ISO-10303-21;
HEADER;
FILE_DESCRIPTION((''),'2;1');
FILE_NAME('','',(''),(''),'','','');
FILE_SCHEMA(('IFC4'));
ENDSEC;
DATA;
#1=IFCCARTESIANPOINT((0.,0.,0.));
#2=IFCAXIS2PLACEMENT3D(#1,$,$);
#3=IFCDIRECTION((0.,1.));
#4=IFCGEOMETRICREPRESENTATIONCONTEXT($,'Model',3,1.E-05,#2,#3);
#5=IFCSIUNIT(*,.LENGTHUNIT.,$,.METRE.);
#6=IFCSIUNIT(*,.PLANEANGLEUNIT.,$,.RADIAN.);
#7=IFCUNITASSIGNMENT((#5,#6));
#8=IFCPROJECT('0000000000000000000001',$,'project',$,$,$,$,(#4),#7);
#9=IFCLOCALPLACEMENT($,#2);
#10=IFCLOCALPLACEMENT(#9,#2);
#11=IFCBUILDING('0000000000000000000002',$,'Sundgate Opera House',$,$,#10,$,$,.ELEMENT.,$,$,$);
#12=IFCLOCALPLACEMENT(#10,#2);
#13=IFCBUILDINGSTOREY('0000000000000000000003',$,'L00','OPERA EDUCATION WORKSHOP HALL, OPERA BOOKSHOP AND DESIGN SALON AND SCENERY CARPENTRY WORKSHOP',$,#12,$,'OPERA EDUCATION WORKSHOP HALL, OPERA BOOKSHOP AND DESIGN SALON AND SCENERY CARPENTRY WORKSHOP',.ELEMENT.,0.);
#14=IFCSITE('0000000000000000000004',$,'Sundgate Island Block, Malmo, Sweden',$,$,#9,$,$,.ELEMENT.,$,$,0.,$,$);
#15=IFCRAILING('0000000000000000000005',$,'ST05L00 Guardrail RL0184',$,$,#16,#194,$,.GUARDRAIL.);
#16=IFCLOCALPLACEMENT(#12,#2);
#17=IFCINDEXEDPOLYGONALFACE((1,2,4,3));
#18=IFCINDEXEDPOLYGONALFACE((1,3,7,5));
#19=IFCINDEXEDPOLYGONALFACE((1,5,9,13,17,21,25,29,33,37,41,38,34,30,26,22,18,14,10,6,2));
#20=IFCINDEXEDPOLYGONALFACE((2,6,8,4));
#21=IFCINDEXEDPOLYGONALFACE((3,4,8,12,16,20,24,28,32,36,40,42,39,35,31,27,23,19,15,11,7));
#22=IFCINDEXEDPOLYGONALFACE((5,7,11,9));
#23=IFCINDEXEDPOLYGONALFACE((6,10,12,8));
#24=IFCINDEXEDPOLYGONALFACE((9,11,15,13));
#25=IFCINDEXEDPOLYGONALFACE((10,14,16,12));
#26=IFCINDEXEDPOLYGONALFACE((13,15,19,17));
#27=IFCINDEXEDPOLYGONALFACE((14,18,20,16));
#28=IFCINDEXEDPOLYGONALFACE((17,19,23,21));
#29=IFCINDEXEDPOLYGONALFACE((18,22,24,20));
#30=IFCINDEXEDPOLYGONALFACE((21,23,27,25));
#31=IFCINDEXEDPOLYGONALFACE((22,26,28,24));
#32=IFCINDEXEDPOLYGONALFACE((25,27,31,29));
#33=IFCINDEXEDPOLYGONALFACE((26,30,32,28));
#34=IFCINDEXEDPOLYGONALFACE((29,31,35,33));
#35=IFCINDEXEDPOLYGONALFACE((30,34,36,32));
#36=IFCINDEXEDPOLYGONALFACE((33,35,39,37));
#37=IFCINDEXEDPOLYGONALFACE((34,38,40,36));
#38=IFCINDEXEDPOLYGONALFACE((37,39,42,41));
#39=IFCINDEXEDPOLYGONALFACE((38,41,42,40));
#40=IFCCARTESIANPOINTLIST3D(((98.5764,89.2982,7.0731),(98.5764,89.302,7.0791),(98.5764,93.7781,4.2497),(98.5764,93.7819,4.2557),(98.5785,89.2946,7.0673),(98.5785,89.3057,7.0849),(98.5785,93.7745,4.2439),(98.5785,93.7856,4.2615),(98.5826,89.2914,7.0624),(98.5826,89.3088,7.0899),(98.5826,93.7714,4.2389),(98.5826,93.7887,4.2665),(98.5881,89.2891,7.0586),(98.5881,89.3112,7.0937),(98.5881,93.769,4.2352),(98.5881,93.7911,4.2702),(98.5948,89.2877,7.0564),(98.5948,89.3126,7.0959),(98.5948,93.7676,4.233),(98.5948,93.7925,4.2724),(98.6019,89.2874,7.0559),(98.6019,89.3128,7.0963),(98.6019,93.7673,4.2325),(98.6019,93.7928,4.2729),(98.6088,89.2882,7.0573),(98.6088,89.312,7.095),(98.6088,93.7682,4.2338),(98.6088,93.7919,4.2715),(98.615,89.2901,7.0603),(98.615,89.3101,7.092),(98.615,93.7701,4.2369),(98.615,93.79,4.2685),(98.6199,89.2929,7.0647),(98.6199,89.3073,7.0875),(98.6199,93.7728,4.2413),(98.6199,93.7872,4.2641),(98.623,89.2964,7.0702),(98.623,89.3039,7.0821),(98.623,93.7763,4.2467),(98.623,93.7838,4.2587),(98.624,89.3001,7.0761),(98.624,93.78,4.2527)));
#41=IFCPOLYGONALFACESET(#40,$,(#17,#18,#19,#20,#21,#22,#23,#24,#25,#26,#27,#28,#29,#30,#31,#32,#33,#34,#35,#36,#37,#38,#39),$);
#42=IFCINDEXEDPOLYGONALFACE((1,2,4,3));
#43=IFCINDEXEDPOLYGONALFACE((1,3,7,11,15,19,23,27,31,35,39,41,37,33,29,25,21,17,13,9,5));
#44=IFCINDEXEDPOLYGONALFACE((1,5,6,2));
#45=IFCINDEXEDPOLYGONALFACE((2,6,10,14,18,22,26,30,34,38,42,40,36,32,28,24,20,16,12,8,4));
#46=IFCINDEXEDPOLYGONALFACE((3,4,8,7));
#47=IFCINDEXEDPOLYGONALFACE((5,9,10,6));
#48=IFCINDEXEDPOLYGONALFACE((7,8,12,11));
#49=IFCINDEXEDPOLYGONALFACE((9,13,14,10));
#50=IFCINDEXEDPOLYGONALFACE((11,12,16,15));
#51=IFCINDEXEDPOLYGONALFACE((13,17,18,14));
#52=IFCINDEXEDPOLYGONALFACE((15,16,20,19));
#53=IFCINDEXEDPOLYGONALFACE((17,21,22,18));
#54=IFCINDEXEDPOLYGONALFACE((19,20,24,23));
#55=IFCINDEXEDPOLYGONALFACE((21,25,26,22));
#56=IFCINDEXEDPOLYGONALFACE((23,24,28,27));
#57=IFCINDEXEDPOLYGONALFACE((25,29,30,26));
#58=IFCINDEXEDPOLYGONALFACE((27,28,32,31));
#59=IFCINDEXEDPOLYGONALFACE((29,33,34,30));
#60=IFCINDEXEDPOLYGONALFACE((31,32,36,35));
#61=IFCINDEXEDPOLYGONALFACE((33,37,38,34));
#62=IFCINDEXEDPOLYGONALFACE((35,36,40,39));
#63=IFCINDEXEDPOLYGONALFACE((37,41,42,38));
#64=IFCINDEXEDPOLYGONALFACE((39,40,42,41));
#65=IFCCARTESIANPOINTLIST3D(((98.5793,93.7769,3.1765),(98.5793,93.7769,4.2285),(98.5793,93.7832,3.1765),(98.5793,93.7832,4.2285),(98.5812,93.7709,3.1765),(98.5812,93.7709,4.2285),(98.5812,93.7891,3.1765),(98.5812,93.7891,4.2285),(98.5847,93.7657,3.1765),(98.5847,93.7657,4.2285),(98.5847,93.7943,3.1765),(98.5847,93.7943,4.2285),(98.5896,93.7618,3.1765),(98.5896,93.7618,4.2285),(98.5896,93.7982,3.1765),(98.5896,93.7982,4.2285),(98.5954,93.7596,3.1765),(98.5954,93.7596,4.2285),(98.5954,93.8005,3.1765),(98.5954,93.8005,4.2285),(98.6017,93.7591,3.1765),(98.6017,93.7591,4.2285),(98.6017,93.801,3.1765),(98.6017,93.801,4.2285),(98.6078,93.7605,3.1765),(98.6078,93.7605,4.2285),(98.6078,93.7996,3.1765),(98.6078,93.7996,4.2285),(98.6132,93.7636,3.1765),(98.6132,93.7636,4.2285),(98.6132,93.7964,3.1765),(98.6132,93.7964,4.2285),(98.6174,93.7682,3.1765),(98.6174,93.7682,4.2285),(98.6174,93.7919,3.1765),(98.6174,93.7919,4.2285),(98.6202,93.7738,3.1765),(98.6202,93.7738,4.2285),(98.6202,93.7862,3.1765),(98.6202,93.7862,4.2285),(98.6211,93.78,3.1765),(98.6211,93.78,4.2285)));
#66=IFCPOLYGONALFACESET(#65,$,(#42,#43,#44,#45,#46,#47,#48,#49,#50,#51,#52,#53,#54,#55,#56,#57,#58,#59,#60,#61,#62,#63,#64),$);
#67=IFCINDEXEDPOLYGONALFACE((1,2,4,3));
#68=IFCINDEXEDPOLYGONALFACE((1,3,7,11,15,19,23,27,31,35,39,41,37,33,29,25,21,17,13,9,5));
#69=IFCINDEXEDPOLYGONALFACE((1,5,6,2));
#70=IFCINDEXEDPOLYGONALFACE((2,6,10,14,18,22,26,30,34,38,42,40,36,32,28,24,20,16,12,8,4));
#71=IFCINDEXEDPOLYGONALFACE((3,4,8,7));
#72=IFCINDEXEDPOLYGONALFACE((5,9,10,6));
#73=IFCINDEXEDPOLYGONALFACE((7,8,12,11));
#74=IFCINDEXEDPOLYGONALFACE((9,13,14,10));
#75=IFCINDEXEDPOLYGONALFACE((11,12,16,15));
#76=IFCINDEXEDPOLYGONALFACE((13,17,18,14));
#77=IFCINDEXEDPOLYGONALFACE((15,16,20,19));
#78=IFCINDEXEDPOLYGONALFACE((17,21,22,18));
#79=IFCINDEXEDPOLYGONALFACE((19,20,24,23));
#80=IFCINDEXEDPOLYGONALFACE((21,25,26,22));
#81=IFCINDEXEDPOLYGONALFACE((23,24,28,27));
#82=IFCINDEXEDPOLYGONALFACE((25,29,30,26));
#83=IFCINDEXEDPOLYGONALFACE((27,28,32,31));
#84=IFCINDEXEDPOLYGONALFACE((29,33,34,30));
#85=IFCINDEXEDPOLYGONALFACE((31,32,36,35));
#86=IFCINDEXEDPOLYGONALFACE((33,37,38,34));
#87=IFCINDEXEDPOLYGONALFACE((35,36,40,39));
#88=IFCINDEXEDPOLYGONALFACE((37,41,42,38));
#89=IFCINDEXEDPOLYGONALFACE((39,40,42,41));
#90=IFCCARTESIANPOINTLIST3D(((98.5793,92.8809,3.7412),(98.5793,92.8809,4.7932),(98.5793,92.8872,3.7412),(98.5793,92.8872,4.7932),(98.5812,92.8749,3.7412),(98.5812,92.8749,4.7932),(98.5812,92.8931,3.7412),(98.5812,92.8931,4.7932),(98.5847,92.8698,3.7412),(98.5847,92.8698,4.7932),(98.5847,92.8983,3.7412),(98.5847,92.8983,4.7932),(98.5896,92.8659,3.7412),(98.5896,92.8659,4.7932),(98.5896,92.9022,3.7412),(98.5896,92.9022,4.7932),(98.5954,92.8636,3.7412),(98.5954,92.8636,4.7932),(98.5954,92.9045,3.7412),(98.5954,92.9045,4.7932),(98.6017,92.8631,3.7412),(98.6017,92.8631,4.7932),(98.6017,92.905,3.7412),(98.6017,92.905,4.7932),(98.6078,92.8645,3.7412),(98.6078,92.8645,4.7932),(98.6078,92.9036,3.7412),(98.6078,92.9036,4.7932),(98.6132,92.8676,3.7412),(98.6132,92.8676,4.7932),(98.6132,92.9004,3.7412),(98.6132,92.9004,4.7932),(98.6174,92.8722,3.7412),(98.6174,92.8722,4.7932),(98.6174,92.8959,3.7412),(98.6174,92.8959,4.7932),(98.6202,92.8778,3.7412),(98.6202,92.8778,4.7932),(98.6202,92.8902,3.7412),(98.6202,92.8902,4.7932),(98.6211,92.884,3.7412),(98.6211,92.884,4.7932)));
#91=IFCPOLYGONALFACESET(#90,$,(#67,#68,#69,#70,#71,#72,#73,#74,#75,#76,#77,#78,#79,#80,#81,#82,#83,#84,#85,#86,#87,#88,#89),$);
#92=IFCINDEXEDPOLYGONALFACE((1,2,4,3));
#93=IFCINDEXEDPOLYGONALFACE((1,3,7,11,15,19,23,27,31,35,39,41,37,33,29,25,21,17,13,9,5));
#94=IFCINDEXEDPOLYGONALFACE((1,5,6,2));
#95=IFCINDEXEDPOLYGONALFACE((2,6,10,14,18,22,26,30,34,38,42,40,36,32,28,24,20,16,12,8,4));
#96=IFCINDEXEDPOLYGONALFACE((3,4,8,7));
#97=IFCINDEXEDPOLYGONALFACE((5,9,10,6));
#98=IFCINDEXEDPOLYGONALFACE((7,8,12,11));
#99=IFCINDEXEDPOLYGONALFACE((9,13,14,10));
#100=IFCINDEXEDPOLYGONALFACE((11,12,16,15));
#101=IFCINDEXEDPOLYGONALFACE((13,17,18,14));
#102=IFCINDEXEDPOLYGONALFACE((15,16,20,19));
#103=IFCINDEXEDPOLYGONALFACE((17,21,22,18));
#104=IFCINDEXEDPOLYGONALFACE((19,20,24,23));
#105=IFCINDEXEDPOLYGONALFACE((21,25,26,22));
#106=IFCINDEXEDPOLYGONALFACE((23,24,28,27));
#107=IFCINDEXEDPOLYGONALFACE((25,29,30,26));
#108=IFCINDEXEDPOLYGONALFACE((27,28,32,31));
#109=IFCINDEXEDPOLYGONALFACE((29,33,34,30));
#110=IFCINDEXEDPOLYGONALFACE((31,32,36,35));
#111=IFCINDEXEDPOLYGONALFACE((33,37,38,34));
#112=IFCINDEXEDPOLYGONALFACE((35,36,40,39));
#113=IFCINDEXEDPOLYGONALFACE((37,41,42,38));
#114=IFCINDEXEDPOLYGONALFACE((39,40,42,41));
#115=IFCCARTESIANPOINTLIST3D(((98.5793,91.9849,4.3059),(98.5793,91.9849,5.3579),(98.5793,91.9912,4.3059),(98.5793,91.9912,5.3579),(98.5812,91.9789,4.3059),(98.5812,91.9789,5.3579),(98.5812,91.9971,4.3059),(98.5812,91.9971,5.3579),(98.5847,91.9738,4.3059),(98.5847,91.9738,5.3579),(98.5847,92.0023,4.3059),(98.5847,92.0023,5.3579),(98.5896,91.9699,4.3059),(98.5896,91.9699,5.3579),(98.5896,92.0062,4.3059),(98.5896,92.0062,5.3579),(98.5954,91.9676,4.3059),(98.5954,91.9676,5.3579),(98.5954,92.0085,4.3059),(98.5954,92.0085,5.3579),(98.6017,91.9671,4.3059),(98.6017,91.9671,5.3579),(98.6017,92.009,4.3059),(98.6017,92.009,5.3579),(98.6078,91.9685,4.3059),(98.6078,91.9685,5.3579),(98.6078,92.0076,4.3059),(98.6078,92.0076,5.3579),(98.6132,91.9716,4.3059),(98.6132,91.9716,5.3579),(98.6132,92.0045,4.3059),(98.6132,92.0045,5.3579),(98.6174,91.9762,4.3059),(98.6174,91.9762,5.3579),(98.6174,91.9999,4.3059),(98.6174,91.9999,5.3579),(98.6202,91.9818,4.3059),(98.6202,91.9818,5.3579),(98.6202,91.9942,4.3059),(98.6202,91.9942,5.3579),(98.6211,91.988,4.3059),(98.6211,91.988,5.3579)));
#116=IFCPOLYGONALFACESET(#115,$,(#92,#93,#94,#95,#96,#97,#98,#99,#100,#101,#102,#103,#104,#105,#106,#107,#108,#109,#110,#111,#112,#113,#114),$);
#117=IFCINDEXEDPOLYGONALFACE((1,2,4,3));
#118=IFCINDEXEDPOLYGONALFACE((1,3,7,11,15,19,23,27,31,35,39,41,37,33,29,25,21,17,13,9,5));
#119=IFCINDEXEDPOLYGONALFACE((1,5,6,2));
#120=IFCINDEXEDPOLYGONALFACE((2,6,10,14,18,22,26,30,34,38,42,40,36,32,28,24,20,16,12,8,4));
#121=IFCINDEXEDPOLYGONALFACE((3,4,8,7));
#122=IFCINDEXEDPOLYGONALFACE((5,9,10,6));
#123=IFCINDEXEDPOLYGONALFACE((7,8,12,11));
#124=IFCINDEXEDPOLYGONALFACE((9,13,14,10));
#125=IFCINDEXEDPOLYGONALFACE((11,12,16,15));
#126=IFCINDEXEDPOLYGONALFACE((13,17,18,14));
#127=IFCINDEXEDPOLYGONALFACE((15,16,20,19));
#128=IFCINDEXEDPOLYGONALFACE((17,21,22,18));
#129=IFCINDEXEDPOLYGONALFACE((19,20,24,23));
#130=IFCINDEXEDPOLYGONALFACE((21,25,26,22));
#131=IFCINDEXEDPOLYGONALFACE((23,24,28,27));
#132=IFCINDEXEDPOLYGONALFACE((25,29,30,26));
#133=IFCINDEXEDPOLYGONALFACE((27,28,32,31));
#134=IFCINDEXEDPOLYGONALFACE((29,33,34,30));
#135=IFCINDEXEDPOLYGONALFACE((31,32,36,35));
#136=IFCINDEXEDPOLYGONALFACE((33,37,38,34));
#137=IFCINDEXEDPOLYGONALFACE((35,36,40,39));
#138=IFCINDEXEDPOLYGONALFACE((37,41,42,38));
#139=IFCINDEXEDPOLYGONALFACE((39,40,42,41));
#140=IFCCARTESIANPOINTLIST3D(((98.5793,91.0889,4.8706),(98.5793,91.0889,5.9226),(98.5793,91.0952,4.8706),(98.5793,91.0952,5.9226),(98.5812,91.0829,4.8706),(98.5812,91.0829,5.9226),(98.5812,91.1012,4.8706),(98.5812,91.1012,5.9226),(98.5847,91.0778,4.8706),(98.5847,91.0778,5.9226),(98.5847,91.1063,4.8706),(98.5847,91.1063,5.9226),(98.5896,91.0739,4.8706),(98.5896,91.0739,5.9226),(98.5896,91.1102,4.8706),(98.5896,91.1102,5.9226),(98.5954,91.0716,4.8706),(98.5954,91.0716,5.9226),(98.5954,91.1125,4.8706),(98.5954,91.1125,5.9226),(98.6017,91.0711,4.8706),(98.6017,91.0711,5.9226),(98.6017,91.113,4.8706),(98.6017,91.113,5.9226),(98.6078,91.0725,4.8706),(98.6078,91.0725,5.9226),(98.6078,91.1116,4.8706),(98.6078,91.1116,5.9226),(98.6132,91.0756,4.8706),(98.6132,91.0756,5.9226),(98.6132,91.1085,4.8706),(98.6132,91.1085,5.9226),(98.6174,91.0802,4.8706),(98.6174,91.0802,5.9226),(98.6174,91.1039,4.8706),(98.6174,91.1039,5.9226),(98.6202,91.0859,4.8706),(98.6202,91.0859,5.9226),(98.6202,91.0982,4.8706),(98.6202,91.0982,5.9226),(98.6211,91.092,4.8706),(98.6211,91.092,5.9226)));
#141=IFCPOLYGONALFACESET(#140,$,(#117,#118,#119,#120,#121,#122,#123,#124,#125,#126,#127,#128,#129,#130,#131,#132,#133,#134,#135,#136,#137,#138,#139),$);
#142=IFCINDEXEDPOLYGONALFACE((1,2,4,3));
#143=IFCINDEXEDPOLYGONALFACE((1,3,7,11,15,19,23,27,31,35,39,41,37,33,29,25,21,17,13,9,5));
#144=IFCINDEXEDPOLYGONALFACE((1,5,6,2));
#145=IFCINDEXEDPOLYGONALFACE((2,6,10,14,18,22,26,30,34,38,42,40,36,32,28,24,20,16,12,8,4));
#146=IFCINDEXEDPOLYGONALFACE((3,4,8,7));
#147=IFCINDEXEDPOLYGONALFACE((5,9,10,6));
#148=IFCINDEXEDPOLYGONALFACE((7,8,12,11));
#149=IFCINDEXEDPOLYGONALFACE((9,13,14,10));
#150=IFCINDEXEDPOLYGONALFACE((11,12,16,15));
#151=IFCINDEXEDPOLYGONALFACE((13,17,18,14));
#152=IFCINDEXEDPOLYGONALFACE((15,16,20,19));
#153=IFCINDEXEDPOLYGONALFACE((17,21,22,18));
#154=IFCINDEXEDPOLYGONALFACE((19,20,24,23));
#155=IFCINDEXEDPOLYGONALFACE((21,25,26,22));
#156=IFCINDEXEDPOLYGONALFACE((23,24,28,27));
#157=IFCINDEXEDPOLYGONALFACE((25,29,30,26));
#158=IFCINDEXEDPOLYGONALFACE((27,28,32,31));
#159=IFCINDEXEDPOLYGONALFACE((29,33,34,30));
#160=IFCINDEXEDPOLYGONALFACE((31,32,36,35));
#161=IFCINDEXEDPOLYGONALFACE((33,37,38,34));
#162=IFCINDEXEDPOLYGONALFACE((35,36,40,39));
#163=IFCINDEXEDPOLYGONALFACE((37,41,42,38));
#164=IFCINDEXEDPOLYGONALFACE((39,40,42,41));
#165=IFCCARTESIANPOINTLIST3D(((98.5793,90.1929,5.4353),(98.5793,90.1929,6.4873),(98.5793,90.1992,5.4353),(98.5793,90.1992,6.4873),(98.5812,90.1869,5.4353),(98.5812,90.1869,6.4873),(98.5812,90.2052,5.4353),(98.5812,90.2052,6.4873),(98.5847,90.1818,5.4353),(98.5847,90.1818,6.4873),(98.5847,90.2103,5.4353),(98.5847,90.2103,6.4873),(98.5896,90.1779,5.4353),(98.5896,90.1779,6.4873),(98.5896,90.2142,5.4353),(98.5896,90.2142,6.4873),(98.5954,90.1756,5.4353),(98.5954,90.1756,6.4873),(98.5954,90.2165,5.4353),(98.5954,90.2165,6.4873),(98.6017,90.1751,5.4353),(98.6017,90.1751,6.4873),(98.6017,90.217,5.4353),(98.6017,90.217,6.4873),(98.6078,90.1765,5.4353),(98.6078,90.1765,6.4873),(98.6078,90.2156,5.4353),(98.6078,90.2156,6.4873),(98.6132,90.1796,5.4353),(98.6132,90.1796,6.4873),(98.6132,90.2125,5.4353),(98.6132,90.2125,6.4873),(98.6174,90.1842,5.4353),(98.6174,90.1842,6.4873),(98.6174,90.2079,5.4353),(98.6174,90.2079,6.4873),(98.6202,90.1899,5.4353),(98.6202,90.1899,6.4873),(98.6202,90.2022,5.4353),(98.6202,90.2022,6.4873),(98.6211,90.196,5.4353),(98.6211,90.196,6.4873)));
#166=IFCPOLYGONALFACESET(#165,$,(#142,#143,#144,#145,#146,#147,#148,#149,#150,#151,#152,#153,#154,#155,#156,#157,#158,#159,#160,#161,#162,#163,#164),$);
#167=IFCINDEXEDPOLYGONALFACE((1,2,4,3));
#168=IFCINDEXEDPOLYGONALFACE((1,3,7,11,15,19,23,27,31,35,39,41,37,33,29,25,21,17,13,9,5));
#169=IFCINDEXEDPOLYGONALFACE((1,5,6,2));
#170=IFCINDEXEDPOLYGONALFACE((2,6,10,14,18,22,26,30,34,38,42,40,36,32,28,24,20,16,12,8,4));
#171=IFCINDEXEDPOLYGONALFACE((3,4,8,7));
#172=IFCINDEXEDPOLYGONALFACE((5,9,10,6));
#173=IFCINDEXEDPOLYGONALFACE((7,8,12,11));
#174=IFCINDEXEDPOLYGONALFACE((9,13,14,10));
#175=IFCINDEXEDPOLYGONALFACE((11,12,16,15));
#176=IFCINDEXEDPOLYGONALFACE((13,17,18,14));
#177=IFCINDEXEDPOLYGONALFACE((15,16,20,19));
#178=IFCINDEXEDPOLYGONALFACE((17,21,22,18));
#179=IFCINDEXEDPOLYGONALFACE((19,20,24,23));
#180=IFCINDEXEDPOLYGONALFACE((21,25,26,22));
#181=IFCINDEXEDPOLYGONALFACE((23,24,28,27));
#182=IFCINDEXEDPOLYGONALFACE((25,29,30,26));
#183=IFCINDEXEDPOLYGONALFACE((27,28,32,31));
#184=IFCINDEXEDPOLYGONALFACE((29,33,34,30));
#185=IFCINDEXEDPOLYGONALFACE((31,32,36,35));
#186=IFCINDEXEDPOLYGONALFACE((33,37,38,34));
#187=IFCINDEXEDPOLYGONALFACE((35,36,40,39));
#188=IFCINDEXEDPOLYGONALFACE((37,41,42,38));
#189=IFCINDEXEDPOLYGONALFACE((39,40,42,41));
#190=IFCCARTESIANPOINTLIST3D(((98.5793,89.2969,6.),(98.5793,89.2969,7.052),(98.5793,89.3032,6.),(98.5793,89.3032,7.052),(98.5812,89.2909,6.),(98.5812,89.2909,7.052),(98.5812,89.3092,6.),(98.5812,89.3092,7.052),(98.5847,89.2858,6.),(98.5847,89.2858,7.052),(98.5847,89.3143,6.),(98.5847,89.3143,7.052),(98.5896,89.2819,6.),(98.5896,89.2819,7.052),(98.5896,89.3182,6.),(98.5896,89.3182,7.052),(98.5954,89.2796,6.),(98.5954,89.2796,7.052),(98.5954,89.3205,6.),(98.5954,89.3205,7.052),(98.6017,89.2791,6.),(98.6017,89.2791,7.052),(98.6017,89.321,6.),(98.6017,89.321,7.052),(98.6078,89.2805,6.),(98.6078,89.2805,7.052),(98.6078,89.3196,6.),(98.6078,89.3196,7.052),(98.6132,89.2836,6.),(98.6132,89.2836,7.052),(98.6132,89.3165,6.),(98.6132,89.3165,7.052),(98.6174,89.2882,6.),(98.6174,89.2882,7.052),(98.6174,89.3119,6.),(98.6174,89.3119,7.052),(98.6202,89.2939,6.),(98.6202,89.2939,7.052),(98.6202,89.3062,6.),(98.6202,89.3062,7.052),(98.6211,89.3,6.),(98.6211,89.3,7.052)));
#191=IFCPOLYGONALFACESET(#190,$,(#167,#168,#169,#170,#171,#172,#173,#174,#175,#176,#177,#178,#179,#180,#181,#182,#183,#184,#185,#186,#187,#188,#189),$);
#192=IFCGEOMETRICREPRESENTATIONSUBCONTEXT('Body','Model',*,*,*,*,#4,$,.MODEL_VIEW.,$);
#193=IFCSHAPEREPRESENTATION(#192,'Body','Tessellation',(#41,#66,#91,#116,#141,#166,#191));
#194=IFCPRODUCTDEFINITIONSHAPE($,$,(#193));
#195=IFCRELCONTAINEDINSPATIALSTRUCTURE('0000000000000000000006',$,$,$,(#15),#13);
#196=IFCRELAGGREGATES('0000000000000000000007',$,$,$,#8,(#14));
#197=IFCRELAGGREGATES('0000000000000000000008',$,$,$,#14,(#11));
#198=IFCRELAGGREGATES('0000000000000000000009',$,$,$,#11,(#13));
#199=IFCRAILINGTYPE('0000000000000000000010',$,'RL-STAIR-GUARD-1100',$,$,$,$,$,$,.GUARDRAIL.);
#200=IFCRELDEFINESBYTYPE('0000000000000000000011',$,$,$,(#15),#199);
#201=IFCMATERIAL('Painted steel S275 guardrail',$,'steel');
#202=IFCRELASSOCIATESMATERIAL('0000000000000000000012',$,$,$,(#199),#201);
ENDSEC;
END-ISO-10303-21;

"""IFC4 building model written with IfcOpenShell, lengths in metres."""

from ifc_helpers import new_model, si_unit, direction, frame, origin, origin_2d, place, context, subcontext, project, spatial, circle, extrude, material, type_object, element, save


model = new_model("IFC4")

# Units and contexts
model_context = context("Model", 3, precision=1e-05, world=origin(), true_north=direction((0.0, 1.0)))
body_context = subcontext(model_context, "Body", "Model", "MODEL_VIEW")
ifc_project = project(units=[si_unit("LENGTHUNIT", "METRE"), si_unit("PLANEANGLEUNIT", "RADIAN")], contexts=[model_context])

# Site, building, storey
site_placement = place(None, origin())
site = spatial("IfcSite", under=ifc_project, at=site_placement, Name="Sundgate Island Block, Malmo, Sweden", CompositionType="ELEMENT", RefElevation=0.0)
building_placement = place(site_placement, origin())
building = spatial("IfcBuilding", under=site, at=building_placement, Name="Sundgate Opera House", CompositionType="ELEMENT")
storey_placement = place(building_placement, origin())
storey = spatial("IfcBuildingStorey", under=building, at=storey_placement, Name="L00", Description="OPERA EDUCATION WORKSHOP HALL, OPERA BOOKSHOP AND DESIGN SALON AND SCENERY CARPENTRY WORKSHOP", LongName="OPERA EDUCATION WORKSHOP HALL, OPERA BOOKSHOP AND DESIGN SALON AND SCENERY CARPENTRY WORKSHOP", CompositionType="ELEMENT", Elevation=0.0)

# Railing
ifc_material_1 = material(Name="Painted steel S275 guardrail", Category="steel")
railing_type_1 = type_object("IfcRailingType", Name="RL-STAIR-GUARD-1100", PredefinedType="GUARDRAIL", material=ifc_material_1)
railing_1_placement = place(storey_placement, frame((98.6001, 93.78, 3.1765)))
element("IfcRailing", 1, at=railing_1_placement, inside=storey, type_object=railing_type_1, Name="ST05L00 Guardrail RL0184", PredefinedType="GUARDRAIL", context=body_context, shape_type="SweptSolid", body=[
    extrude(circle(Radius=0.0239, at=origin_2d()), frame((0.0, 0.0, 1.0762), z_axis=(0.0, -0.845998, 0.533186), x_axis=(1.0, 0.0, 0.0)), (0.0, 0.0, 1.0), 5.2954),
    extrude(circle(Radius=0.021, at=origin_2d()), origin(), (0.0, 0.0, 1.0), 1.052),
    extrude(circle(Radius=0.021, at=origin_2d()), frame((0.0, -0.896, 0.5647)), (0.0, 0.0, 1.0), 1.052),
    extrude(circle(Radius=0.021, at=origin_2d()), frame((0.0, -1.792, 1.1294)), (0.0, 0.0, 1.0), 1.052),
    extrude(circle(Radius=0.021, at=origin_2d()), frame((0.0, -2.688, 1.6941)), (0.0, 0.0, 1.0), 1.052),
    extrude(circle(Radius=0.021, at=origin_2d()), frame((0.0, -3.584, 2.2588)), (0.0, 0.0, 1.0), 1.052),
    extrude(circle(Radius=0.021, at=origin_2d()), frame((0.0, -4.48, 2.8235)), (0.0, 0.0, 1.0), 1.052),
])

save(model, "model.ifc")
